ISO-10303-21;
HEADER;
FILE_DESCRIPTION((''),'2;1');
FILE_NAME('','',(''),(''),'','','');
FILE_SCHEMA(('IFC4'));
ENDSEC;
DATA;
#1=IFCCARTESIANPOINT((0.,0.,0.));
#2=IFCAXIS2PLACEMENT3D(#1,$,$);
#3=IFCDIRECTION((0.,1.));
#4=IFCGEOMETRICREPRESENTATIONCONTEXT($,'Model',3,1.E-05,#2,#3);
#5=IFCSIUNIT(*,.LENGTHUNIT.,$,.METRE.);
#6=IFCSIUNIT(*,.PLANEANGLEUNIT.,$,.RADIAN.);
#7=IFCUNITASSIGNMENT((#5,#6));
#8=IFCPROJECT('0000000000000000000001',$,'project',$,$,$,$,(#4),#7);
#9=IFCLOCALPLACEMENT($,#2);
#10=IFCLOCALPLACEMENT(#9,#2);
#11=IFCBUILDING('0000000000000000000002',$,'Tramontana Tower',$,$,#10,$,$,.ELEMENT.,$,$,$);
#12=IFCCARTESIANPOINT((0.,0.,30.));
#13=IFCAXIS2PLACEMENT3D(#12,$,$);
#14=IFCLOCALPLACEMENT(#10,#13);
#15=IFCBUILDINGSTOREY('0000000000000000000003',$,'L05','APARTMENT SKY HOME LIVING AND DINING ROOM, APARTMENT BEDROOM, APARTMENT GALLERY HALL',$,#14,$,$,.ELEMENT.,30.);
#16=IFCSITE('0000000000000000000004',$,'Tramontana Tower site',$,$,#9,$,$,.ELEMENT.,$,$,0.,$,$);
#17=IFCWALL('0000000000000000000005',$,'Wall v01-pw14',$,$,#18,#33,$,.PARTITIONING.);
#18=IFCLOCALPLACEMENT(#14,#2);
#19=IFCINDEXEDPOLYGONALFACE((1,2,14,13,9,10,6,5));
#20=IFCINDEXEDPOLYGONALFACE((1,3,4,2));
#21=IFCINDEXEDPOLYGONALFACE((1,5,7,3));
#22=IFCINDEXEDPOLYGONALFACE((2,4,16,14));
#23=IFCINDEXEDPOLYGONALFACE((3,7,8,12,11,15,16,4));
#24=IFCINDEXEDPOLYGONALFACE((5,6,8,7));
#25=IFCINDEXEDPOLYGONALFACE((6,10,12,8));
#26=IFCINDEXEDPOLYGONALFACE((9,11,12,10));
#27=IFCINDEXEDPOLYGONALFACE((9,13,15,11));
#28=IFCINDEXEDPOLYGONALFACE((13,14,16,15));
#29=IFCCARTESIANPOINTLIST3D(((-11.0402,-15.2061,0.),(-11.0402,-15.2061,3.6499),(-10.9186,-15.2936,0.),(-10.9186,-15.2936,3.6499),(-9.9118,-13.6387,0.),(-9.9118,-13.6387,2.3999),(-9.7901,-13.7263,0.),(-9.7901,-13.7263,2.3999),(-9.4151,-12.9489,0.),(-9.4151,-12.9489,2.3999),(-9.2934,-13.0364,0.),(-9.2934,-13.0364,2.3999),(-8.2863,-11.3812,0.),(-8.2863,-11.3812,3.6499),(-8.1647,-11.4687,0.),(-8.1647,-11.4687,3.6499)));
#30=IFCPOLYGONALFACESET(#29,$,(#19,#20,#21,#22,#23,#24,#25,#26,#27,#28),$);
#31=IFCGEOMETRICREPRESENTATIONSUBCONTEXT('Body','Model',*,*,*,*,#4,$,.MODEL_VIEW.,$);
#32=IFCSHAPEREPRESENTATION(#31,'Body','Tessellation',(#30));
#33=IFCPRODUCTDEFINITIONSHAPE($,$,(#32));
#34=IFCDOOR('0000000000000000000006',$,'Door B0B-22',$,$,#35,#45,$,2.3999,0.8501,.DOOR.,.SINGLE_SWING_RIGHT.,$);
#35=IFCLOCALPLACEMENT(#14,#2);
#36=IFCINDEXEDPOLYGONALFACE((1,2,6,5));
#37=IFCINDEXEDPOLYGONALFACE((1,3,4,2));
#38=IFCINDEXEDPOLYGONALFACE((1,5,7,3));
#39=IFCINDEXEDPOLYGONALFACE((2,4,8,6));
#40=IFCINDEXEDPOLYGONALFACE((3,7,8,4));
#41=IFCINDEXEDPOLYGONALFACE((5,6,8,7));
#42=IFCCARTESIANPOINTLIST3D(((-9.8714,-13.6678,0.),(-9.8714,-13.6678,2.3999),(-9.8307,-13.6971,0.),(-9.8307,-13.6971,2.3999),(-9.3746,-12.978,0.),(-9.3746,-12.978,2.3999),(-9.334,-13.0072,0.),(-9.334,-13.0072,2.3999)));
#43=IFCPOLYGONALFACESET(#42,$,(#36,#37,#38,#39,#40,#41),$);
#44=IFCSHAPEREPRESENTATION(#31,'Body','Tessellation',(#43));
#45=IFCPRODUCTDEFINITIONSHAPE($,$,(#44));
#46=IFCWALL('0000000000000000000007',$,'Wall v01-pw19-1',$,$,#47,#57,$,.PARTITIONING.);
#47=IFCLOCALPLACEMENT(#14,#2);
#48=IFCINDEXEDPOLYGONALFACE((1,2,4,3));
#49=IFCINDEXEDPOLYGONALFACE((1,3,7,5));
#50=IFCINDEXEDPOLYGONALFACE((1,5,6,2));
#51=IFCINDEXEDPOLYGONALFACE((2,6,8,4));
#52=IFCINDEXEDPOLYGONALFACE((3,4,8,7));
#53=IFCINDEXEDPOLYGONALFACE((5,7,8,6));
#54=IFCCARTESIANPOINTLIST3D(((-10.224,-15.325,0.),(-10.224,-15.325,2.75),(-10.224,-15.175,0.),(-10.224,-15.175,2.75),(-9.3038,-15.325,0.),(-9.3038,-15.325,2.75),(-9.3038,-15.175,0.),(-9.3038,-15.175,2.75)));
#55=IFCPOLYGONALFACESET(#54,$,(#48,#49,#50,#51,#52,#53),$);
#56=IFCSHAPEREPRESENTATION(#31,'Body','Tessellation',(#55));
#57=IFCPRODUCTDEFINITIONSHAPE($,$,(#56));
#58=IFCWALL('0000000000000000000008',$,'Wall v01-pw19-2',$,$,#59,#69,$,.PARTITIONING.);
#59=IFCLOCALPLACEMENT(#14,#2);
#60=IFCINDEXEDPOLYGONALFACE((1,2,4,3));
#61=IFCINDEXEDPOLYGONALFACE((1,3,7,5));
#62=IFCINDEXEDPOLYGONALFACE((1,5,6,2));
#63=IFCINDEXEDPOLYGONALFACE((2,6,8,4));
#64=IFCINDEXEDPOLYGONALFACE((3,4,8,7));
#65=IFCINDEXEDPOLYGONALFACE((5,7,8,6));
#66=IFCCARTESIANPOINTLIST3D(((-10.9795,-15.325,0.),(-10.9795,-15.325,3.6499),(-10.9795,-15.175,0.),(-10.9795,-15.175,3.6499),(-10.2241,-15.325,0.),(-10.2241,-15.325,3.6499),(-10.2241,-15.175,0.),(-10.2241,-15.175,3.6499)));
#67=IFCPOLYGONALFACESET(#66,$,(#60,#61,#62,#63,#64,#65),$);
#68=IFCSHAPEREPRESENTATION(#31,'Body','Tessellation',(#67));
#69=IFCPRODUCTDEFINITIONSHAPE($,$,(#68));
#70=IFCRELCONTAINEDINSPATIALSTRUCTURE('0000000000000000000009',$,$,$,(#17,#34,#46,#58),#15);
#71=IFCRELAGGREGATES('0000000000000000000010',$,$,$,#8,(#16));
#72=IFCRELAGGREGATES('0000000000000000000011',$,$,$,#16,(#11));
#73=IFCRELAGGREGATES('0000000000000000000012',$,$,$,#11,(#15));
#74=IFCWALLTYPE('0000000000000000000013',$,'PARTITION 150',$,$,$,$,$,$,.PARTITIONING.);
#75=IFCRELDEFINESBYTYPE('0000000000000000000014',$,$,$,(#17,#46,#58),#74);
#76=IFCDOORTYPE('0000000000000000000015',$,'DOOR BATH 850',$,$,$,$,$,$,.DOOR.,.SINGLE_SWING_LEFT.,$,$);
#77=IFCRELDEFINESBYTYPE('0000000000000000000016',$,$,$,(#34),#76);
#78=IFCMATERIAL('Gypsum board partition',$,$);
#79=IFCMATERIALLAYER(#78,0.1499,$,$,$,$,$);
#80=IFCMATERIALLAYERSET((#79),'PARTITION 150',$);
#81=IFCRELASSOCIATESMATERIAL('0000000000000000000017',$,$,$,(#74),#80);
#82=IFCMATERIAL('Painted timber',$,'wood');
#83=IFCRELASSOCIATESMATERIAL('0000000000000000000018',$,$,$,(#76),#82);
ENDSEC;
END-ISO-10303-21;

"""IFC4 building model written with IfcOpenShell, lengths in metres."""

from ifc_helpers import new_model, si_unit, direction, frame, frame_2d, origin, place, context, subcontext, project, spatial, rectangle, extrude, material, layer, layer_set, type_object, element, fill, save


model = new_model("IFC4")

# Units and contexts
model_context = context("Model", 3, precision=1e-05, world=origin(), true_north=direction((0.0, 1.0)))
body_context = subcontext(model_context, "Body", "Model", "MODEL_VIEW")
ifc_project = project(units=[si_unit("LENGTHUNIT", "METRE"), si_unit("PLANEANGLEUNIT", "RADIAN")], contexts=[model_context])

# Site, building, storey
site_placement = place(None, origin())
site = spatial("IfcSite", under=ifc_project, at=site_placement, Name="Tramontana Tower site", CompositionType="ELEMENT", RefElevation=0.0)
building_placement = place(site_placement, origin())
building = spatial("IfcBuilding", under=site, at=building_placement, Name="Tramontana Tower", CompositionType="ELEMENT")
storey_placement = place(building_placement, frame((0.0, 0.0, 30.0)))
storey = spatial("IfcBuildingStorey", under=building, at=storey_placement, Name="L05", Description="APARTMENT SKY HOME LIVING AND DINING ROOM, APARTMENT BEDROOM, APARTMENT GALLERY HALL", CompositionType="ELEMENT", Elevation=30.0)

# Shared definitions
ifc_material_1 = material(Name="Gypsum board partition")
ifc_layer_1 = layer(ifc_material_1, 0.1499)
ifc_layer_set_1 = layer_set([ifc_layer_1], Name="PARTITION 150")
wall_type_1 = type_object("IfcWallType", Name="PARTITION 150", PredefinedType="PARTITIONING", material=ifc_layer_set_1)

# Wall, opening, door
wall_1_placement = place(storey_placement, frame((-8.2256, -11.425, 0.0), z_axis=(0.0, 0.0, 1.0), x_axis=(-0.584297, -0.81154, 0.0)))
wall_1 = element("IfcWall", 1, at=wall_1_placement, inside=storey, type_object=wall_type_1, Name="Wall v01-pw14", PredefinedType="PARTITIONING", context=body_context, shape_type="SweptSolid", body=[
    extrude(rectangle(XDim=4.7131, YDim=0.1499, at=frame_2d((2.3564, 0.0))), origin(), (0.0, 0.0, 1.0), 3.6499),
])
opening_1_placement = place(wall_1_placement, frame((1.9316, 0.0, 0.0)))
opening_1 = element("IfcOpeningElement", 2, at=opening_1_placement, cuts=wall_1, PredefinedType="OPENING", context=body_context, shape_type="SweptSolid", body=[
    extrude(rectangle(XDim=0.8501, YDim=2.3999, at=frame_2d((0.425, 1.2))), frame((0.0, 0.085, 0.0), z_axis=(0.0, -1.0, 0.0), x_axis=(1.0, 0.0, 0.0)), (0.0, 0.0, 1.0), 0.1699),
])
ifc_material_2 = material(Name="Painted timber", Category="wood")
door_type_1 = type_object("IfcDoorType", Name="DOOR BATH 850", OperationType="SINGLE_SWING_LEFT", PredefinedType="DOOR", material=ifc_material_2)
door_1_placement = place(opening_1_placement, origin())
door_1 = element("IfcDoor", 3, at=door_1_placement, inside=storey, type_object=door_type_1, Name="Door B0B-22", OperationType="SINGLE_SWING_RIGHT", OverallHeight=2.3999, OverallWidth=0.8501, PredefinedType="DOOR", context=body_context, shape_type="SweptSolid", body=[
    extrude(rectangle(XDim=0.8501, YDim=2.3999, at=frame_2d((0.425, 1.2))), frame((0.0, 0.0249, 0.0), z_axis=(0.0, -1.0, 0.0), x_axis=(1.0, 0.0, 0.0)), (0.0, 0.0, 1.0), 0.05),
])
fill(opening_1, door_1)

# Walls
wall_2_placement = place(storey_placement, frame((-9.304, -15.25, 0.0), z_axis=(0.0, 0.0, 1.0), x_axis=(-1.0, 0.0, 0.0)))
element("IfcWall", 4, at=wall_2_placement, inside=storey, type_object=wall_type_1, Name="Wall v01-pw19-1", PredefinedType="PARTITIONING", context=body_context, shape_type="SweptSolid", body=[
    extrude(rectangle(XDim=0.9202, YDim=0.1499, at=frame_2d((0.46, 0.0))), origin(), (0.0, 0.0, 1.0), 2.75),
])
wall_3_placement = place(storey_placement, frame((-10.2241, -15.25, 0.0), z_axis=(0.0, 0.0, 1.0), x_axis=(-1.0, 0.0, 0.0)))
element("IfcWall", 5, at=wall_3_placement, inside=storey, type_object=wall_type_1, Name="Wall v01-pw19-2", PredefinedType="PARTITIONING", context=body_context, shape_type="SweptSolid", body=[
    extrude(rectangle(XDim=0.7554, YDim=0.1499, at=frame_2d((0.3777, 0.0))), origin(), (0.0, 0.0, 1.0), 3.6499),
])

save(model, "model.ifc")
